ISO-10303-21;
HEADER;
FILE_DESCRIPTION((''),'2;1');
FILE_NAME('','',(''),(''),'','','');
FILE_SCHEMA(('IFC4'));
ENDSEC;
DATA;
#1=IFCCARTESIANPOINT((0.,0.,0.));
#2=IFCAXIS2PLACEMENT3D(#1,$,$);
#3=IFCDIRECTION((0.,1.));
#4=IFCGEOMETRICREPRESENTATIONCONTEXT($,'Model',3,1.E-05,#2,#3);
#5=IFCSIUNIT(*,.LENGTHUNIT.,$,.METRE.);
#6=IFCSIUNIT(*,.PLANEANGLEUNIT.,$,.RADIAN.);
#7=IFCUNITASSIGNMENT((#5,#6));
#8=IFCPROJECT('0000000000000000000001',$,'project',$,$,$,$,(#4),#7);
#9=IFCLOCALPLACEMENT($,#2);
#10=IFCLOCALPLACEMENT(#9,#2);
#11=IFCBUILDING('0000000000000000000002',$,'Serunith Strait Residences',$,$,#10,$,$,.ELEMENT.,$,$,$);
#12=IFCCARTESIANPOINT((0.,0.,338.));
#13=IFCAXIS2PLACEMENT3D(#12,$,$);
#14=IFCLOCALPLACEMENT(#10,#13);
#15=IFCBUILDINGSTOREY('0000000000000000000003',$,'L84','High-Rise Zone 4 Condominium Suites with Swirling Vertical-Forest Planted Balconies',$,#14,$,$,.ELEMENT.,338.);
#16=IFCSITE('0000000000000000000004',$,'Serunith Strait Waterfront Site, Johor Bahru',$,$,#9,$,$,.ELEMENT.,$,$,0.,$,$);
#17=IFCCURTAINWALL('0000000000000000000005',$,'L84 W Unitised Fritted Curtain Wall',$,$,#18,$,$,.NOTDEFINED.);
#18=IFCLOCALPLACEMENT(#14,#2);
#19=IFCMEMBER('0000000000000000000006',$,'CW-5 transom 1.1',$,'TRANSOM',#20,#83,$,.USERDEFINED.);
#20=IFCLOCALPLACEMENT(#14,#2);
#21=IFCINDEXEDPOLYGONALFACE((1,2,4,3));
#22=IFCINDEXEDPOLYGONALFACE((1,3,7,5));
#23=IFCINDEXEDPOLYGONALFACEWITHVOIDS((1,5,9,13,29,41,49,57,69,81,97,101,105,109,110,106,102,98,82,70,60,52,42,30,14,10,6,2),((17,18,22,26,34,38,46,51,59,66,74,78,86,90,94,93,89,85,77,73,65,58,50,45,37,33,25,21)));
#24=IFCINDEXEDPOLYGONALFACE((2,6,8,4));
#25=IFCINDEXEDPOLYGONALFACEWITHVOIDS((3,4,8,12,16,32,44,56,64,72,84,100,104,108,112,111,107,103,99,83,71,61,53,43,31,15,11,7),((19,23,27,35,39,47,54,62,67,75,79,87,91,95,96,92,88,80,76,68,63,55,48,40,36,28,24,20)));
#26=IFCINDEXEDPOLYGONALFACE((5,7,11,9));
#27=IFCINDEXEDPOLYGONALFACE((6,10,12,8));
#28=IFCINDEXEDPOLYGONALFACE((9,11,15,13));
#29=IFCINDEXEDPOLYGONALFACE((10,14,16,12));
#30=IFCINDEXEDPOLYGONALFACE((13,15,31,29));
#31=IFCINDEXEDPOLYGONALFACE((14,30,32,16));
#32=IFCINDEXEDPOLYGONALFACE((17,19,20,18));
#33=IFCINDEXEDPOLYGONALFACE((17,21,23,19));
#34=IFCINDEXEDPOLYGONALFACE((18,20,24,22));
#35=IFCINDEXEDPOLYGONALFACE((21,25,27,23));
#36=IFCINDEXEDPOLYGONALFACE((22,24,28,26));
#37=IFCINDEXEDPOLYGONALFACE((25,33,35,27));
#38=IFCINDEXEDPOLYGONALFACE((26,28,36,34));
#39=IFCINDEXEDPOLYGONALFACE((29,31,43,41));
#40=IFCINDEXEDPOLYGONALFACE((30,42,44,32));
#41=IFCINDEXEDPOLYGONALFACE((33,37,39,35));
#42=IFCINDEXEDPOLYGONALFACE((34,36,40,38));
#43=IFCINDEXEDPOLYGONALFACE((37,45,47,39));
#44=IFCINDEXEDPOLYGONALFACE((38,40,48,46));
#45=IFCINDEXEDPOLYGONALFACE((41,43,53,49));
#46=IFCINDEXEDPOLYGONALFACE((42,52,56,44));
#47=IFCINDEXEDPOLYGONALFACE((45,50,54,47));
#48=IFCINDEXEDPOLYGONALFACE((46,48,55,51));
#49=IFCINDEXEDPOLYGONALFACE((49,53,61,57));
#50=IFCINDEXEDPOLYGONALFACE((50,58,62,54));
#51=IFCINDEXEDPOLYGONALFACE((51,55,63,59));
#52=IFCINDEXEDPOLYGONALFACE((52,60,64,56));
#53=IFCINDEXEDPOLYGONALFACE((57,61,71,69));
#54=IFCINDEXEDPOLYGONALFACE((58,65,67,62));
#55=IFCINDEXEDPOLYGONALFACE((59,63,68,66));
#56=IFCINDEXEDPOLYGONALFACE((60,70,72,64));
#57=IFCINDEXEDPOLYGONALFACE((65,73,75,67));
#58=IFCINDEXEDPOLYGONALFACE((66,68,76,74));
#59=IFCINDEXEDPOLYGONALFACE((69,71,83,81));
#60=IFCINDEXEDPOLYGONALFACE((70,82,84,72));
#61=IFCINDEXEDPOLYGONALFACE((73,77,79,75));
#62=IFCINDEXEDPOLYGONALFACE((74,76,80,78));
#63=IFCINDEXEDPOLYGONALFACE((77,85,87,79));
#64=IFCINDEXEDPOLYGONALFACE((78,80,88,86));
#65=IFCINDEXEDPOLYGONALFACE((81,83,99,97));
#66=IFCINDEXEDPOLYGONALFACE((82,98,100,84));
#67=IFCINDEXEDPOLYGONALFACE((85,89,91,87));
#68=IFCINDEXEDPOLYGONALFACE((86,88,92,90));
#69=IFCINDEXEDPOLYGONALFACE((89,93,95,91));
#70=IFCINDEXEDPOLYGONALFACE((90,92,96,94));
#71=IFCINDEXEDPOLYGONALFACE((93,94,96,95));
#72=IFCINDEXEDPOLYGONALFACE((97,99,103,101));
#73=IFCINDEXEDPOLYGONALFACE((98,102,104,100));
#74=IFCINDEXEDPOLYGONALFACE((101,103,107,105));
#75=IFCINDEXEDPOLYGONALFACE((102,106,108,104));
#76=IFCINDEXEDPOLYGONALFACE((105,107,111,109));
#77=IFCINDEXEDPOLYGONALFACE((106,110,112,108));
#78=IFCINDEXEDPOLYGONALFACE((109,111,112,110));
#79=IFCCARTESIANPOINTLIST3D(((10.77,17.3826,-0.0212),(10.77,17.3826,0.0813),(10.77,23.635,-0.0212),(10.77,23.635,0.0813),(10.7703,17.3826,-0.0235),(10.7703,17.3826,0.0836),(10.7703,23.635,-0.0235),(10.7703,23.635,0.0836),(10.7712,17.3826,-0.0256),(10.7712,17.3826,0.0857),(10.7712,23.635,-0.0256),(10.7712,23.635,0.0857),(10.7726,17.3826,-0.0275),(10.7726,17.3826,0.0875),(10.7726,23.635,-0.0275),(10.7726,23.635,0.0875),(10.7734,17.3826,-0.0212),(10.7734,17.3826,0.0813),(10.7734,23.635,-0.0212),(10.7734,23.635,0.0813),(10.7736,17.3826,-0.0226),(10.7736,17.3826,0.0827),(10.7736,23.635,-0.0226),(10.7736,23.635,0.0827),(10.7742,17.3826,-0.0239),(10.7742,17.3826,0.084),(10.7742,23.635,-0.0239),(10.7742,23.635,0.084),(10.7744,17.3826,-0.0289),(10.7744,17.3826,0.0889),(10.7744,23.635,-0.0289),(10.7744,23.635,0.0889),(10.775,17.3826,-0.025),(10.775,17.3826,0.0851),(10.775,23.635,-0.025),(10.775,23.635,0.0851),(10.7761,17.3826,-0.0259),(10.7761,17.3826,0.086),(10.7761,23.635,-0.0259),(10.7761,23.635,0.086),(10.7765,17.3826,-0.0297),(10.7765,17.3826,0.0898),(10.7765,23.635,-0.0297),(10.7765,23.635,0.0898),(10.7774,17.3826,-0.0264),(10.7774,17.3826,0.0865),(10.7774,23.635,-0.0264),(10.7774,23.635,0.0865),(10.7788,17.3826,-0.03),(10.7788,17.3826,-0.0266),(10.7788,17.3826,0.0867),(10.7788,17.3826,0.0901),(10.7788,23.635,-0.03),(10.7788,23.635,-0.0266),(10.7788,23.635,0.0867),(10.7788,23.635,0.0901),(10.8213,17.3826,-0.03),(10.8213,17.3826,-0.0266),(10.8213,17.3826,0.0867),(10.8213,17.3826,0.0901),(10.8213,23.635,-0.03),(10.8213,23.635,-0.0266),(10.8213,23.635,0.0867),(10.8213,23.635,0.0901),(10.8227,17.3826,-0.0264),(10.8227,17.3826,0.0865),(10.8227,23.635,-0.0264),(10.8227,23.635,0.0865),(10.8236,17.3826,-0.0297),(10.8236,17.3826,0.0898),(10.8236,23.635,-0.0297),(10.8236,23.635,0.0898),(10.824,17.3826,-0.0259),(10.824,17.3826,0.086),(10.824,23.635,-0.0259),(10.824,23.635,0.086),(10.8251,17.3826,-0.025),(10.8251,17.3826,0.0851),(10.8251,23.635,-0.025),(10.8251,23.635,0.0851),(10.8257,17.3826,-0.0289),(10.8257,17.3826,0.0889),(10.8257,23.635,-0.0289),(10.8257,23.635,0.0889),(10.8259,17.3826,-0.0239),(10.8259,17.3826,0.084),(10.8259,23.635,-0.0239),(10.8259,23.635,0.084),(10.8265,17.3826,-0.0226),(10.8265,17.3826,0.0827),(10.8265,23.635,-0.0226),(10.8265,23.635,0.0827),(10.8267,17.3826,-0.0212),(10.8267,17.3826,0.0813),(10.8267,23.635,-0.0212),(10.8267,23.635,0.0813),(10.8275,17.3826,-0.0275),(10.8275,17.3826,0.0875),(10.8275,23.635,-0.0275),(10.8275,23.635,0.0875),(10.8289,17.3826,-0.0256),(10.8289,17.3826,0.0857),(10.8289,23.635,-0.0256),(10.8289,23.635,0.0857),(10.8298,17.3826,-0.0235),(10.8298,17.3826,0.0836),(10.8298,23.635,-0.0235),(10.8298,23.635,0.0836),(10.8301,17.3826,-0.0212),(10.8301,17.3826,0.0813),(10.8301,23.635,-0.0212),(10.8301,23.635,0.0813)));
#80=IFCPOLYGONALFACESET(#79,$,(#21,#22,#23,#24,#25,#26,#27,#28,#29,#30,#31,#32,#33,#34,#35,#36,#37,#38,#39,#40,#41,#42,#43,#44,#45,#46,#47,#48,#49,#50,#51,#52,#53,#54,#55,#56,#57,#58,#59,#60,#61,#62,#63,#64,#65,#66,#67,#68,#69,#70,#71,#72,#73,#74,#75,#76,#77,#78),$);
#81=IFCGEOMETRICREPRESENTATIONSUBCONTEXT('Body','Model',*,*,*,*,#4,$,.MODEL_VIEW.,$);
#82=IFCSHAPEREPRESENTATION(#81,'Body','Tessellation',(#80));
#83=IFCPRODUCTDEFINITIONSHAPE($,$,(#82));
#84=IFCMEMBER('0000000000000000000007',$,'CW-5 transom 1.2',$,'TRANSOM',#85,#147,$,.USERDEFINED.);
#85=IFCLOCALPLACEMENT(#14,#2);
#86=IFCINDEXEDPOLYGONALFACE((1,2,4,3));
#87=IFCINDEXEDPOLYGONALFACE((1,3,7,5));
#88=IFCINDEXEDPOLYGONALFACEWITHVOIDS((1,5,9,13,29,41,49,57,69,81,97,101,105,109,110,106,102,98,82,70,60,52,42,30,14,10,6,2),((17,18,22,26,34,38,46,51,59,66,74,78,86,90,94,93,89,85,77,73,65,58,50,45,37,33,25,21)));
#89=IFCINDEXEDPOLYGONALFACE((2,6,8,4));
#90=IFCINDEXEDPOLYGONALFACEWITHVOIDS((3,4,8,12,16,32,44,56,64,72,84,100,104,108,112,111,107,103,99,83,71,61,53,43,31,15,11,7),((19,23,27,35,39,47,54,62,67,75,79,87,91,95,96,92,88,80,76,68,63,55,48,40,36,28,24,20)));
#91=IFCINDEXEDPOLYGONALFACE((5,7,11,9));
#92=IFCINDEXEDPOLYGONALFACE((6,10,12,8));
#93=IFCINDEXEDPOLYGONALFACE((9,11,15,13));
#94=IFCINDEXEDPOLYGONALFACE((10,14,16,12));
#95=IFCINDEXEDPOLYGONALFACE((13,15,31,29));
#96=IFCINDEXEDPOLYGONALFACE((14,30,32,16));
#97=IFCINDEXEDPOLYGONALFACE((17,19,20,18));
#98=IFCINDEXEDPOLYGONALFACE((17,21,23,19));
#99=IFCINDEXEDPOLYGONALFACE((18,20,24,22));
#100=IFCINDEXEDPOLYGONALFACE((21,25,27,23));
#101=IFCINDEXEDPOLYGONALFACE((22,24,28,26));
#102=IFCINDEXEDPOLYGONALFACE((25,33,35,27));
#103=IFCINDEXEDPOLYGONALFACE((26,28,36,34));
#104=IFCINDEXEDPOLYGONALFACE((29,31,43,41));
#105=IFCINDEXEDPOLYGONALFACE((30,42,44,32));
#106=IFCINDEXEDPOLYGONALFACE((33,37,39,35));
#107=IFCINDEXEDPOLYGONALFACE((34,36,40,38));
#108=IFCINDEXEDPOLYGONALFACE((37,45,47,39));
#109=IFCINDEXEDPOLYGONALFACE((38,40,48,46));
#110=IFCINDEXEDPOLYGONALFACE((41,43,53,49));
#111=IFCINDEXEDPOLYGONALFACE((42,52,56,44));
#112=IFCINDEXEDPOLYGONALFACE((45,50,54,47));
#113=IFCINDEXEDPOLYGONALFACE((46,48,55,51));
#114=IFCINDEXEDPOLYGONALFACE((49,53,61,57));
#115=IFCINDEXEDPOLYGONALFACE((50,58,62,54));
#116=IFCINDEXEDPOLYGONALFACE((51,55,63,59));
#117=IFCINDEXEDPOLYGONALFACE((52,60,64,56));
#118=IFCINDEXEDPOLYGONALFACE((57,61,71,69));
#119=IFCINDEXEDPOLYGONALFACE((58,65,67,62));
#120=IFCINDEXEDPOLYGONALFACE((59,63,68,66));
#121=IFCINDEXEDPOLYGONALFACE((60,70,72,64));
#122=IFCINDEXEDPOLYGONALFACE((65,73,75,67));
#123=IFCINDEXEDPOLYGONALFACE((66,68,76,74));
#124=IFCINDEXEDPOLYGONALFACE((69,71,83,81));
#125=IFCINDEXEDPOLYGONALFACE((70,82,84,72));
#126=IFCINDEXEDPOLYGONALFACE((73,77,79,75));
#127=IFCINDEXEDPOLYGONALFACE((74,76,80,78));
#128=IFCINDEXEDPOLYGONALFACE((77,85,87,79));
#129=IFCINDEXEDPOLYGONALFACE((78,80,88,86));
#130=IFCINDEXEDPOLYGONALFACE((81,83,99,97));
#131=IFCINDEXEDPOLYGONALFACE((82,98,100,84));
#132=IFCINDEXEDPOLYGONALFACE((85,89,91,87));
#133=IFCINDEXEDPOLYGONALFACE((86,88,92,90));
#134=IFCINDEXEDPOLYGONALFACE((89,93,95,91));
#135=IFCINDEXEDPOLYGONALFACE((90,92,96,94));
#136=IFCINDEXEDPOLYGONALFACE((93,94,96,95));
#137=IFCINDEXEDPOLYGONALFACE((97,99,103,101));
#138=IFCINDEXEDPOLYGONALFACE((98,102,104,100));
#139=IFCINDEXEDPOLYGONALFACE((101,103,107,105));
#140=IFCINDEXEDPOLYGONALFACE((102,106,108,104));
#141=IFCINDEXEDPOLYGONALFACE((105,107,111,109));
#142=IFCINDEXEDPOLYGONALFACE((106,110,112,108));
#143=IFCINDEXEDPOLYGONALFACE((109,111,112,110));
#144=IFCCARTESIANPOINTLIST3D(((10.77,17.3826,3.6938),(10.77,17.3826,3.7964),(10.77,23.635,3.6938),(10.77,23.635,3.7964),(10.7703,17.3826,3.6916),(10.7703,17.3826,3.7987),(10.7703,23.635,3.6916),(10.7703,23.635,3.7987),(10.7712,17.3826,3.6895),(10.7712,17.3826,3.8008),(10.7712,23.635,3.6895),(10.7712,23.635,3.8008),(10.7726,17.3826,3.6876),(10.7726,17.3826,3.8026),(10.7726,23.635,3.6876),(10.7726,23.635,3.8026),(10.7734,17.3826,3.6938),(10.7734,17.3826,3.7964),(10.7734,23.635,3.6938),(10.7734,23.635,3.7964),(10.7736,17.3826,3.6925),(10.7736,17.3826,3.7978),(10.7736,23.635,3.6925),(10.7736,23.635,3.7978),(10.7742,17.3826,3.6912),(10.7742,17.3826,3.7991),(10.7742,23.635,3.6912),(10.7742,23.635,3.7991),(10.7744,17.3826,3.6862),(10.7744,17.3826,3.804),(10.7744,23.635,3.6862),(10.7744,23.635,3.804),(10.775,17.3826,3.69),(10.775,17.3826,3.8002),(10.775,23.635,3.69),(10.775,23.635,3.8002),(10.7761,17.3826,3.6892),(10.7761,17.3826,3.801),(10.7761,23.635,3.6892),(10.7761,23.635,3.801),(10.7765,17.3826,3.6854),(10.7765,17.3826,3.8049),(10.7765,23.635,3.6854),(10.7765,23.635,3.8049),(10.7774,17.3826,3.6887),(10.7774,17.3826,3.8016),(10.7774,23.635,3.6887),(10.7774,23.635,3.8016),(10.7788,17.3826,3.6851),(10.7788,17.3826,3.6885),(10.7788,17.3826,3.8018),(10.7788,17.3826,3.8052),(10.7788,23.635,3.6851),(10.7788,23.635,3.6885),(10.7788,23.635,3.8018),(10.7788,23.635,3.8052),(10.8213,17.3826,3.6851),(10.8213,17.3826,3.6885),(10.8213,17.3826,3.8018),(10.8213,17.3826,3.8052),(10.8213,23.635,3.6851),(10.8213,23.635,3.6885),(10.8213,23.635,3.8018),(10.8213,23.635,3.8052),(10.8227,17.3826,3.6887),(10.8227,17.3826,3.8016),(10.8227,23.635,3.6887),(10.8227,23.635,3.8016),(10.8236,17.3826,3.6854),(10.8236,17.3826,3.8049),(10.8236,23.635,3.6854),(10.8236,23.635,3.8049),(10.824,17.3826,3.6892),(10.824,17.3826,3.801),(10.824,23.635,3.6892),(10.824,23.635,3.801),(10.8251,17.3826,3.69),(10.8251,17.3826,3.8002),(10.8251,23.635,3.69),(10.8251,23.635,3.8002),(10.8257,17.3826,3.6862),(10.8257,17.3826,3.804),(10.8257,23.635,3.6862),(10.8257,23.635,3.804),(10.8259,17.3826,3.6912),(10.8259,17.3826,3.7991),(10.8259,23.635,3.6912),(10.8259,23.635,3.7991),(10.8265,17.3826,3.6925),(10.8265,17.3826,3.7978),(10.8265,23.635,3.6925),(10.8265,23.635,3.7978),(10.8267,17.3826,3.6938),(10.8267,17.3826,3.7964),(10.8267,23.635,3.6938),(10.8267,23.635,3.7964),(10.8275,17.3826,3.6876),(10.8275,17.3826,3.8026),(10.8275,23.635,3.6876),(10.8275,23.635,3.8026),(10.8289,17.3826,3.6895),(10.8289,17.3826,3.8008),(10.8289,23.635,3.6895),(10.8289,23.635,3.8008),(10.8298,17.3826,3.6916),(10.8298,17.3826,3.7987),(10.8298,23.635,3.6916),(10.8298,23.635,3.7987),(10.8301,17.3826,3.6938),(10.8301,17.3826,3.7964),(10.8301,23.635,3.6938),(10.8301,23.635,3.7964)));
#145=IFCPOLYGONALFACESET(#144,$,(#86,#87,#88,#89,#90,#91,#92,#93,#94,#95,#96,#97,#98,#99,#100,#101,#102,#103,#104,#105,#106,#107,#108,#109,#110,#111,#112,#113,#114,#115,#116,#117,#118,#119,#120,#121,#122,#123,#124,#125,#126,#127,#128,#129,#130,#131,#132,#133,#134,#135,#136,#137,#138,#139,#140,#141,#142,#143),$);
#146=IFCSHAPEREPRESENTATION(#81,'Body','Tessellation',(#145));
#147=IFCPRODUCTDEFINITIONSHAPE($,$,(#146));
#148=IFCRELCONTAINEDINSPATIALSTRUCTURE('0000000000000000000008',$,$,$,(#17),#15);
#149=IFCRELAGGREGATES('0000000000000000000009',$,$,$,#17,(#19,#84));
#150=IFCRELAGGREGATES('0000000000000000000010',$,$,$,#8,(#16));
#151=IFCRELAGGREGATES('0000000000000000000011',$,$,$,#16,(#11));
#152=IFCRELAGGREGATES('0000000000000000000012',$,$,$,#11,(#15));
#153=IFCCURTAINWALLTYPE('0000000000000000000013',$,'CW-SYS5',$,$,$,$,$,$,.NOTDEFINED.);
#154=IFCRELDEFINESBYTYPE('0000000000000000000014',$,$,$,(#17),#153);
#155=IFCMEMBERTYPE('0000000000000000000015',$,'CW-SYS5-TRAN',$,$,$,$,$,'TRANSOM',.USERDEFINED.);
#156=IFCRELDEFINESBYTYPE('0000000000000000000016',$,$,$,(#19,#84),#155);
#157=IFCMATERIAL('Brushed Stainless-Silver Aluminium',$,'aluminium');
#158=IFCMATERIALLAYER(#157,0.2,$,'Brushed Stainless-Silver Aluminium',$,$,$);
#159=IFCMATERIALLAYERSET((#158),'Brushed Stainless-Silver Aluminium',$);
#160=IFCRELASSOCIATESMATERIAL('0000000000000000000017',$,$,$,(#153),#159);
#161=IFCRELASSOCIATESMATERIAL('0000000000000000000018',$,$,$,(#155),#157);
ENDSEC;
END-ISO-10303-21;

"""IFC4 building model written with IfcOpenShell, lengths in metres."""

from ifc_helpers import new_model, si_unit, direction, frame, origin, origin_2d, place, context, subcontext, project, spatial, hollow_rectangle, extrude, source, transform, mapped, material, layer, layer_set, material_profile, profile_set, type_object, element, aggregate, save


model = new_model("IFC4")

# Units and contexts
model_context = context("Model", 3, precision=1e-05, world=origin(), true_north=direction((0.0, 1.0)))
body_context = subcontext(model_context, "Body", "Model", "MODEL_VIEW")
ifc_project = project(units=[si_unit("LENGTHUNIT", "METRE"), si_unit("PLANEANGLEUNIT", "RADIAN")], contexts=[model_context])

# Site, building, storey
site_placement = place(None, origin())
site = spatial("IfcSite", under=ifc_project, at=site_placement, Name="Serunith Strait Waterfront Site, Johor Bahru", CompositionType="ELEMENT", RefElevation=0.0)
building_placement = place(site_placement, origin())
building = spatial("IfcBuilding", under=site, at=building_placement, Name="Serunith Strait Residences", CompositionType="ELEMENT")
storey_placement = place(building_placement, frame((0.0, 0.0, 338.0)))
storey = spatial("IfcBuildingStorey", under=building, at=storey_placement, Name="L84", Description="High-Rise Zone 4 Condominium Suites with Swirling Vertical-Forest Planted Balconies", CompositionType="ELEMENT", Elevation=338.0)

# Curtain wall, members
ifc_material_1 = material(Name="Brushed Stainless-Silver Aluminium", Category="aluminium")
ifc_layer_1 = layer(ifc_material_1, 0.2, Name="Brushed Stainless-Silver Aluminium")
ifc_layer_set_1 = layer_set([ifc_layer_1], Name="Brushed Stainless-Silver Aluminium")
curtain_wall_type = type_object("IfcCurtainWallType", Name="CW-SYS5", PredefinedType="NOTDEFINED", material=ifc_layer_set_1)
curtain_wall_placement = place(storey_placement, origin())
curtain_wall = element("IfcCurtainWall", 1, at=curtain_wall_placement, inside=storey, type_object=curtain_wall_type, Name="L84 W Unitised Fritted Curtain Wall", PredefinedType="NOTDEFINED")
ifc_material_profile_1 = material_profile(ifc_material_1, hollow_rectangle(XDim=0.0601, YDim=0.1201, WallThickness=0.0034, InnerFilletRadius=0.0054, OuterFilletRadius=0.0088, at=origin_2d()), Name="ALU 120x60x3.5")
ifc_profile_set_1 = profile_set([ifc_material_profile_1], Name="Brushed Stainless-Silver Aluminium")
member_type_1 = type_object("IfcMemberType", Name="CW-SYS5-TRAN", ElementType="TRANSOM", PredefinedType="USERDEFINED", material=ifc_profile_set_1)
shared_shape_1 = source(origin(), body_context, "Body", "SweptSolid", [
    extrude(hollow_rectangle(XDim=0.0601, YDim=0.1201, WallThickness=0.0034, InnerFilletRadius=0.0054, OuterFilletRadius=0.0088, at=origin_2d()), origin(), (0.0, 0.0, 1.0), 6.2524),
])
member_1_placement = place(storey_placement, frame((10.8, 23.635, 0.03), z_axis=(0.0, -1.0, 0.0), x_axis=(1.0, 0.0, 0.0)))
member_1 = element("IfcMember", 2, at=member_1_placement, type_object=member_type_1, Name="CW-5 transom 1.1", ObjectType="TRANSOM", PredefinedType="USERDEFINED", context=body_context, shape_type="MappedRepresentation", body=[
    mapped(shared_shape_1, transform((0.0, 0.0, 0.0), scale=1.0)),
])
member_2_placement = place(storey_placement, frame((10.8, 23.635, 3.7451), z_axis=(0.0, -1.0, 0.0), x_axis=(1.0, 0.0, 0.0)))
member_2 = element("IfcMember", 3, at=member_2_placement, type_object=member_type_1, Name="CW-5 transom 1.2", ObjectType="TRANSOM", PredefinedType="USERDEFINED", context=body_context, shape_type="MappedRepresentation", body=[
    mapped(shared_shape_1, transform((0.0, 0.0, 0.0), scale=1.0)),
])
aggregate(curtain_wall, [member_1, member_2])

save(model, "model.ifc")
